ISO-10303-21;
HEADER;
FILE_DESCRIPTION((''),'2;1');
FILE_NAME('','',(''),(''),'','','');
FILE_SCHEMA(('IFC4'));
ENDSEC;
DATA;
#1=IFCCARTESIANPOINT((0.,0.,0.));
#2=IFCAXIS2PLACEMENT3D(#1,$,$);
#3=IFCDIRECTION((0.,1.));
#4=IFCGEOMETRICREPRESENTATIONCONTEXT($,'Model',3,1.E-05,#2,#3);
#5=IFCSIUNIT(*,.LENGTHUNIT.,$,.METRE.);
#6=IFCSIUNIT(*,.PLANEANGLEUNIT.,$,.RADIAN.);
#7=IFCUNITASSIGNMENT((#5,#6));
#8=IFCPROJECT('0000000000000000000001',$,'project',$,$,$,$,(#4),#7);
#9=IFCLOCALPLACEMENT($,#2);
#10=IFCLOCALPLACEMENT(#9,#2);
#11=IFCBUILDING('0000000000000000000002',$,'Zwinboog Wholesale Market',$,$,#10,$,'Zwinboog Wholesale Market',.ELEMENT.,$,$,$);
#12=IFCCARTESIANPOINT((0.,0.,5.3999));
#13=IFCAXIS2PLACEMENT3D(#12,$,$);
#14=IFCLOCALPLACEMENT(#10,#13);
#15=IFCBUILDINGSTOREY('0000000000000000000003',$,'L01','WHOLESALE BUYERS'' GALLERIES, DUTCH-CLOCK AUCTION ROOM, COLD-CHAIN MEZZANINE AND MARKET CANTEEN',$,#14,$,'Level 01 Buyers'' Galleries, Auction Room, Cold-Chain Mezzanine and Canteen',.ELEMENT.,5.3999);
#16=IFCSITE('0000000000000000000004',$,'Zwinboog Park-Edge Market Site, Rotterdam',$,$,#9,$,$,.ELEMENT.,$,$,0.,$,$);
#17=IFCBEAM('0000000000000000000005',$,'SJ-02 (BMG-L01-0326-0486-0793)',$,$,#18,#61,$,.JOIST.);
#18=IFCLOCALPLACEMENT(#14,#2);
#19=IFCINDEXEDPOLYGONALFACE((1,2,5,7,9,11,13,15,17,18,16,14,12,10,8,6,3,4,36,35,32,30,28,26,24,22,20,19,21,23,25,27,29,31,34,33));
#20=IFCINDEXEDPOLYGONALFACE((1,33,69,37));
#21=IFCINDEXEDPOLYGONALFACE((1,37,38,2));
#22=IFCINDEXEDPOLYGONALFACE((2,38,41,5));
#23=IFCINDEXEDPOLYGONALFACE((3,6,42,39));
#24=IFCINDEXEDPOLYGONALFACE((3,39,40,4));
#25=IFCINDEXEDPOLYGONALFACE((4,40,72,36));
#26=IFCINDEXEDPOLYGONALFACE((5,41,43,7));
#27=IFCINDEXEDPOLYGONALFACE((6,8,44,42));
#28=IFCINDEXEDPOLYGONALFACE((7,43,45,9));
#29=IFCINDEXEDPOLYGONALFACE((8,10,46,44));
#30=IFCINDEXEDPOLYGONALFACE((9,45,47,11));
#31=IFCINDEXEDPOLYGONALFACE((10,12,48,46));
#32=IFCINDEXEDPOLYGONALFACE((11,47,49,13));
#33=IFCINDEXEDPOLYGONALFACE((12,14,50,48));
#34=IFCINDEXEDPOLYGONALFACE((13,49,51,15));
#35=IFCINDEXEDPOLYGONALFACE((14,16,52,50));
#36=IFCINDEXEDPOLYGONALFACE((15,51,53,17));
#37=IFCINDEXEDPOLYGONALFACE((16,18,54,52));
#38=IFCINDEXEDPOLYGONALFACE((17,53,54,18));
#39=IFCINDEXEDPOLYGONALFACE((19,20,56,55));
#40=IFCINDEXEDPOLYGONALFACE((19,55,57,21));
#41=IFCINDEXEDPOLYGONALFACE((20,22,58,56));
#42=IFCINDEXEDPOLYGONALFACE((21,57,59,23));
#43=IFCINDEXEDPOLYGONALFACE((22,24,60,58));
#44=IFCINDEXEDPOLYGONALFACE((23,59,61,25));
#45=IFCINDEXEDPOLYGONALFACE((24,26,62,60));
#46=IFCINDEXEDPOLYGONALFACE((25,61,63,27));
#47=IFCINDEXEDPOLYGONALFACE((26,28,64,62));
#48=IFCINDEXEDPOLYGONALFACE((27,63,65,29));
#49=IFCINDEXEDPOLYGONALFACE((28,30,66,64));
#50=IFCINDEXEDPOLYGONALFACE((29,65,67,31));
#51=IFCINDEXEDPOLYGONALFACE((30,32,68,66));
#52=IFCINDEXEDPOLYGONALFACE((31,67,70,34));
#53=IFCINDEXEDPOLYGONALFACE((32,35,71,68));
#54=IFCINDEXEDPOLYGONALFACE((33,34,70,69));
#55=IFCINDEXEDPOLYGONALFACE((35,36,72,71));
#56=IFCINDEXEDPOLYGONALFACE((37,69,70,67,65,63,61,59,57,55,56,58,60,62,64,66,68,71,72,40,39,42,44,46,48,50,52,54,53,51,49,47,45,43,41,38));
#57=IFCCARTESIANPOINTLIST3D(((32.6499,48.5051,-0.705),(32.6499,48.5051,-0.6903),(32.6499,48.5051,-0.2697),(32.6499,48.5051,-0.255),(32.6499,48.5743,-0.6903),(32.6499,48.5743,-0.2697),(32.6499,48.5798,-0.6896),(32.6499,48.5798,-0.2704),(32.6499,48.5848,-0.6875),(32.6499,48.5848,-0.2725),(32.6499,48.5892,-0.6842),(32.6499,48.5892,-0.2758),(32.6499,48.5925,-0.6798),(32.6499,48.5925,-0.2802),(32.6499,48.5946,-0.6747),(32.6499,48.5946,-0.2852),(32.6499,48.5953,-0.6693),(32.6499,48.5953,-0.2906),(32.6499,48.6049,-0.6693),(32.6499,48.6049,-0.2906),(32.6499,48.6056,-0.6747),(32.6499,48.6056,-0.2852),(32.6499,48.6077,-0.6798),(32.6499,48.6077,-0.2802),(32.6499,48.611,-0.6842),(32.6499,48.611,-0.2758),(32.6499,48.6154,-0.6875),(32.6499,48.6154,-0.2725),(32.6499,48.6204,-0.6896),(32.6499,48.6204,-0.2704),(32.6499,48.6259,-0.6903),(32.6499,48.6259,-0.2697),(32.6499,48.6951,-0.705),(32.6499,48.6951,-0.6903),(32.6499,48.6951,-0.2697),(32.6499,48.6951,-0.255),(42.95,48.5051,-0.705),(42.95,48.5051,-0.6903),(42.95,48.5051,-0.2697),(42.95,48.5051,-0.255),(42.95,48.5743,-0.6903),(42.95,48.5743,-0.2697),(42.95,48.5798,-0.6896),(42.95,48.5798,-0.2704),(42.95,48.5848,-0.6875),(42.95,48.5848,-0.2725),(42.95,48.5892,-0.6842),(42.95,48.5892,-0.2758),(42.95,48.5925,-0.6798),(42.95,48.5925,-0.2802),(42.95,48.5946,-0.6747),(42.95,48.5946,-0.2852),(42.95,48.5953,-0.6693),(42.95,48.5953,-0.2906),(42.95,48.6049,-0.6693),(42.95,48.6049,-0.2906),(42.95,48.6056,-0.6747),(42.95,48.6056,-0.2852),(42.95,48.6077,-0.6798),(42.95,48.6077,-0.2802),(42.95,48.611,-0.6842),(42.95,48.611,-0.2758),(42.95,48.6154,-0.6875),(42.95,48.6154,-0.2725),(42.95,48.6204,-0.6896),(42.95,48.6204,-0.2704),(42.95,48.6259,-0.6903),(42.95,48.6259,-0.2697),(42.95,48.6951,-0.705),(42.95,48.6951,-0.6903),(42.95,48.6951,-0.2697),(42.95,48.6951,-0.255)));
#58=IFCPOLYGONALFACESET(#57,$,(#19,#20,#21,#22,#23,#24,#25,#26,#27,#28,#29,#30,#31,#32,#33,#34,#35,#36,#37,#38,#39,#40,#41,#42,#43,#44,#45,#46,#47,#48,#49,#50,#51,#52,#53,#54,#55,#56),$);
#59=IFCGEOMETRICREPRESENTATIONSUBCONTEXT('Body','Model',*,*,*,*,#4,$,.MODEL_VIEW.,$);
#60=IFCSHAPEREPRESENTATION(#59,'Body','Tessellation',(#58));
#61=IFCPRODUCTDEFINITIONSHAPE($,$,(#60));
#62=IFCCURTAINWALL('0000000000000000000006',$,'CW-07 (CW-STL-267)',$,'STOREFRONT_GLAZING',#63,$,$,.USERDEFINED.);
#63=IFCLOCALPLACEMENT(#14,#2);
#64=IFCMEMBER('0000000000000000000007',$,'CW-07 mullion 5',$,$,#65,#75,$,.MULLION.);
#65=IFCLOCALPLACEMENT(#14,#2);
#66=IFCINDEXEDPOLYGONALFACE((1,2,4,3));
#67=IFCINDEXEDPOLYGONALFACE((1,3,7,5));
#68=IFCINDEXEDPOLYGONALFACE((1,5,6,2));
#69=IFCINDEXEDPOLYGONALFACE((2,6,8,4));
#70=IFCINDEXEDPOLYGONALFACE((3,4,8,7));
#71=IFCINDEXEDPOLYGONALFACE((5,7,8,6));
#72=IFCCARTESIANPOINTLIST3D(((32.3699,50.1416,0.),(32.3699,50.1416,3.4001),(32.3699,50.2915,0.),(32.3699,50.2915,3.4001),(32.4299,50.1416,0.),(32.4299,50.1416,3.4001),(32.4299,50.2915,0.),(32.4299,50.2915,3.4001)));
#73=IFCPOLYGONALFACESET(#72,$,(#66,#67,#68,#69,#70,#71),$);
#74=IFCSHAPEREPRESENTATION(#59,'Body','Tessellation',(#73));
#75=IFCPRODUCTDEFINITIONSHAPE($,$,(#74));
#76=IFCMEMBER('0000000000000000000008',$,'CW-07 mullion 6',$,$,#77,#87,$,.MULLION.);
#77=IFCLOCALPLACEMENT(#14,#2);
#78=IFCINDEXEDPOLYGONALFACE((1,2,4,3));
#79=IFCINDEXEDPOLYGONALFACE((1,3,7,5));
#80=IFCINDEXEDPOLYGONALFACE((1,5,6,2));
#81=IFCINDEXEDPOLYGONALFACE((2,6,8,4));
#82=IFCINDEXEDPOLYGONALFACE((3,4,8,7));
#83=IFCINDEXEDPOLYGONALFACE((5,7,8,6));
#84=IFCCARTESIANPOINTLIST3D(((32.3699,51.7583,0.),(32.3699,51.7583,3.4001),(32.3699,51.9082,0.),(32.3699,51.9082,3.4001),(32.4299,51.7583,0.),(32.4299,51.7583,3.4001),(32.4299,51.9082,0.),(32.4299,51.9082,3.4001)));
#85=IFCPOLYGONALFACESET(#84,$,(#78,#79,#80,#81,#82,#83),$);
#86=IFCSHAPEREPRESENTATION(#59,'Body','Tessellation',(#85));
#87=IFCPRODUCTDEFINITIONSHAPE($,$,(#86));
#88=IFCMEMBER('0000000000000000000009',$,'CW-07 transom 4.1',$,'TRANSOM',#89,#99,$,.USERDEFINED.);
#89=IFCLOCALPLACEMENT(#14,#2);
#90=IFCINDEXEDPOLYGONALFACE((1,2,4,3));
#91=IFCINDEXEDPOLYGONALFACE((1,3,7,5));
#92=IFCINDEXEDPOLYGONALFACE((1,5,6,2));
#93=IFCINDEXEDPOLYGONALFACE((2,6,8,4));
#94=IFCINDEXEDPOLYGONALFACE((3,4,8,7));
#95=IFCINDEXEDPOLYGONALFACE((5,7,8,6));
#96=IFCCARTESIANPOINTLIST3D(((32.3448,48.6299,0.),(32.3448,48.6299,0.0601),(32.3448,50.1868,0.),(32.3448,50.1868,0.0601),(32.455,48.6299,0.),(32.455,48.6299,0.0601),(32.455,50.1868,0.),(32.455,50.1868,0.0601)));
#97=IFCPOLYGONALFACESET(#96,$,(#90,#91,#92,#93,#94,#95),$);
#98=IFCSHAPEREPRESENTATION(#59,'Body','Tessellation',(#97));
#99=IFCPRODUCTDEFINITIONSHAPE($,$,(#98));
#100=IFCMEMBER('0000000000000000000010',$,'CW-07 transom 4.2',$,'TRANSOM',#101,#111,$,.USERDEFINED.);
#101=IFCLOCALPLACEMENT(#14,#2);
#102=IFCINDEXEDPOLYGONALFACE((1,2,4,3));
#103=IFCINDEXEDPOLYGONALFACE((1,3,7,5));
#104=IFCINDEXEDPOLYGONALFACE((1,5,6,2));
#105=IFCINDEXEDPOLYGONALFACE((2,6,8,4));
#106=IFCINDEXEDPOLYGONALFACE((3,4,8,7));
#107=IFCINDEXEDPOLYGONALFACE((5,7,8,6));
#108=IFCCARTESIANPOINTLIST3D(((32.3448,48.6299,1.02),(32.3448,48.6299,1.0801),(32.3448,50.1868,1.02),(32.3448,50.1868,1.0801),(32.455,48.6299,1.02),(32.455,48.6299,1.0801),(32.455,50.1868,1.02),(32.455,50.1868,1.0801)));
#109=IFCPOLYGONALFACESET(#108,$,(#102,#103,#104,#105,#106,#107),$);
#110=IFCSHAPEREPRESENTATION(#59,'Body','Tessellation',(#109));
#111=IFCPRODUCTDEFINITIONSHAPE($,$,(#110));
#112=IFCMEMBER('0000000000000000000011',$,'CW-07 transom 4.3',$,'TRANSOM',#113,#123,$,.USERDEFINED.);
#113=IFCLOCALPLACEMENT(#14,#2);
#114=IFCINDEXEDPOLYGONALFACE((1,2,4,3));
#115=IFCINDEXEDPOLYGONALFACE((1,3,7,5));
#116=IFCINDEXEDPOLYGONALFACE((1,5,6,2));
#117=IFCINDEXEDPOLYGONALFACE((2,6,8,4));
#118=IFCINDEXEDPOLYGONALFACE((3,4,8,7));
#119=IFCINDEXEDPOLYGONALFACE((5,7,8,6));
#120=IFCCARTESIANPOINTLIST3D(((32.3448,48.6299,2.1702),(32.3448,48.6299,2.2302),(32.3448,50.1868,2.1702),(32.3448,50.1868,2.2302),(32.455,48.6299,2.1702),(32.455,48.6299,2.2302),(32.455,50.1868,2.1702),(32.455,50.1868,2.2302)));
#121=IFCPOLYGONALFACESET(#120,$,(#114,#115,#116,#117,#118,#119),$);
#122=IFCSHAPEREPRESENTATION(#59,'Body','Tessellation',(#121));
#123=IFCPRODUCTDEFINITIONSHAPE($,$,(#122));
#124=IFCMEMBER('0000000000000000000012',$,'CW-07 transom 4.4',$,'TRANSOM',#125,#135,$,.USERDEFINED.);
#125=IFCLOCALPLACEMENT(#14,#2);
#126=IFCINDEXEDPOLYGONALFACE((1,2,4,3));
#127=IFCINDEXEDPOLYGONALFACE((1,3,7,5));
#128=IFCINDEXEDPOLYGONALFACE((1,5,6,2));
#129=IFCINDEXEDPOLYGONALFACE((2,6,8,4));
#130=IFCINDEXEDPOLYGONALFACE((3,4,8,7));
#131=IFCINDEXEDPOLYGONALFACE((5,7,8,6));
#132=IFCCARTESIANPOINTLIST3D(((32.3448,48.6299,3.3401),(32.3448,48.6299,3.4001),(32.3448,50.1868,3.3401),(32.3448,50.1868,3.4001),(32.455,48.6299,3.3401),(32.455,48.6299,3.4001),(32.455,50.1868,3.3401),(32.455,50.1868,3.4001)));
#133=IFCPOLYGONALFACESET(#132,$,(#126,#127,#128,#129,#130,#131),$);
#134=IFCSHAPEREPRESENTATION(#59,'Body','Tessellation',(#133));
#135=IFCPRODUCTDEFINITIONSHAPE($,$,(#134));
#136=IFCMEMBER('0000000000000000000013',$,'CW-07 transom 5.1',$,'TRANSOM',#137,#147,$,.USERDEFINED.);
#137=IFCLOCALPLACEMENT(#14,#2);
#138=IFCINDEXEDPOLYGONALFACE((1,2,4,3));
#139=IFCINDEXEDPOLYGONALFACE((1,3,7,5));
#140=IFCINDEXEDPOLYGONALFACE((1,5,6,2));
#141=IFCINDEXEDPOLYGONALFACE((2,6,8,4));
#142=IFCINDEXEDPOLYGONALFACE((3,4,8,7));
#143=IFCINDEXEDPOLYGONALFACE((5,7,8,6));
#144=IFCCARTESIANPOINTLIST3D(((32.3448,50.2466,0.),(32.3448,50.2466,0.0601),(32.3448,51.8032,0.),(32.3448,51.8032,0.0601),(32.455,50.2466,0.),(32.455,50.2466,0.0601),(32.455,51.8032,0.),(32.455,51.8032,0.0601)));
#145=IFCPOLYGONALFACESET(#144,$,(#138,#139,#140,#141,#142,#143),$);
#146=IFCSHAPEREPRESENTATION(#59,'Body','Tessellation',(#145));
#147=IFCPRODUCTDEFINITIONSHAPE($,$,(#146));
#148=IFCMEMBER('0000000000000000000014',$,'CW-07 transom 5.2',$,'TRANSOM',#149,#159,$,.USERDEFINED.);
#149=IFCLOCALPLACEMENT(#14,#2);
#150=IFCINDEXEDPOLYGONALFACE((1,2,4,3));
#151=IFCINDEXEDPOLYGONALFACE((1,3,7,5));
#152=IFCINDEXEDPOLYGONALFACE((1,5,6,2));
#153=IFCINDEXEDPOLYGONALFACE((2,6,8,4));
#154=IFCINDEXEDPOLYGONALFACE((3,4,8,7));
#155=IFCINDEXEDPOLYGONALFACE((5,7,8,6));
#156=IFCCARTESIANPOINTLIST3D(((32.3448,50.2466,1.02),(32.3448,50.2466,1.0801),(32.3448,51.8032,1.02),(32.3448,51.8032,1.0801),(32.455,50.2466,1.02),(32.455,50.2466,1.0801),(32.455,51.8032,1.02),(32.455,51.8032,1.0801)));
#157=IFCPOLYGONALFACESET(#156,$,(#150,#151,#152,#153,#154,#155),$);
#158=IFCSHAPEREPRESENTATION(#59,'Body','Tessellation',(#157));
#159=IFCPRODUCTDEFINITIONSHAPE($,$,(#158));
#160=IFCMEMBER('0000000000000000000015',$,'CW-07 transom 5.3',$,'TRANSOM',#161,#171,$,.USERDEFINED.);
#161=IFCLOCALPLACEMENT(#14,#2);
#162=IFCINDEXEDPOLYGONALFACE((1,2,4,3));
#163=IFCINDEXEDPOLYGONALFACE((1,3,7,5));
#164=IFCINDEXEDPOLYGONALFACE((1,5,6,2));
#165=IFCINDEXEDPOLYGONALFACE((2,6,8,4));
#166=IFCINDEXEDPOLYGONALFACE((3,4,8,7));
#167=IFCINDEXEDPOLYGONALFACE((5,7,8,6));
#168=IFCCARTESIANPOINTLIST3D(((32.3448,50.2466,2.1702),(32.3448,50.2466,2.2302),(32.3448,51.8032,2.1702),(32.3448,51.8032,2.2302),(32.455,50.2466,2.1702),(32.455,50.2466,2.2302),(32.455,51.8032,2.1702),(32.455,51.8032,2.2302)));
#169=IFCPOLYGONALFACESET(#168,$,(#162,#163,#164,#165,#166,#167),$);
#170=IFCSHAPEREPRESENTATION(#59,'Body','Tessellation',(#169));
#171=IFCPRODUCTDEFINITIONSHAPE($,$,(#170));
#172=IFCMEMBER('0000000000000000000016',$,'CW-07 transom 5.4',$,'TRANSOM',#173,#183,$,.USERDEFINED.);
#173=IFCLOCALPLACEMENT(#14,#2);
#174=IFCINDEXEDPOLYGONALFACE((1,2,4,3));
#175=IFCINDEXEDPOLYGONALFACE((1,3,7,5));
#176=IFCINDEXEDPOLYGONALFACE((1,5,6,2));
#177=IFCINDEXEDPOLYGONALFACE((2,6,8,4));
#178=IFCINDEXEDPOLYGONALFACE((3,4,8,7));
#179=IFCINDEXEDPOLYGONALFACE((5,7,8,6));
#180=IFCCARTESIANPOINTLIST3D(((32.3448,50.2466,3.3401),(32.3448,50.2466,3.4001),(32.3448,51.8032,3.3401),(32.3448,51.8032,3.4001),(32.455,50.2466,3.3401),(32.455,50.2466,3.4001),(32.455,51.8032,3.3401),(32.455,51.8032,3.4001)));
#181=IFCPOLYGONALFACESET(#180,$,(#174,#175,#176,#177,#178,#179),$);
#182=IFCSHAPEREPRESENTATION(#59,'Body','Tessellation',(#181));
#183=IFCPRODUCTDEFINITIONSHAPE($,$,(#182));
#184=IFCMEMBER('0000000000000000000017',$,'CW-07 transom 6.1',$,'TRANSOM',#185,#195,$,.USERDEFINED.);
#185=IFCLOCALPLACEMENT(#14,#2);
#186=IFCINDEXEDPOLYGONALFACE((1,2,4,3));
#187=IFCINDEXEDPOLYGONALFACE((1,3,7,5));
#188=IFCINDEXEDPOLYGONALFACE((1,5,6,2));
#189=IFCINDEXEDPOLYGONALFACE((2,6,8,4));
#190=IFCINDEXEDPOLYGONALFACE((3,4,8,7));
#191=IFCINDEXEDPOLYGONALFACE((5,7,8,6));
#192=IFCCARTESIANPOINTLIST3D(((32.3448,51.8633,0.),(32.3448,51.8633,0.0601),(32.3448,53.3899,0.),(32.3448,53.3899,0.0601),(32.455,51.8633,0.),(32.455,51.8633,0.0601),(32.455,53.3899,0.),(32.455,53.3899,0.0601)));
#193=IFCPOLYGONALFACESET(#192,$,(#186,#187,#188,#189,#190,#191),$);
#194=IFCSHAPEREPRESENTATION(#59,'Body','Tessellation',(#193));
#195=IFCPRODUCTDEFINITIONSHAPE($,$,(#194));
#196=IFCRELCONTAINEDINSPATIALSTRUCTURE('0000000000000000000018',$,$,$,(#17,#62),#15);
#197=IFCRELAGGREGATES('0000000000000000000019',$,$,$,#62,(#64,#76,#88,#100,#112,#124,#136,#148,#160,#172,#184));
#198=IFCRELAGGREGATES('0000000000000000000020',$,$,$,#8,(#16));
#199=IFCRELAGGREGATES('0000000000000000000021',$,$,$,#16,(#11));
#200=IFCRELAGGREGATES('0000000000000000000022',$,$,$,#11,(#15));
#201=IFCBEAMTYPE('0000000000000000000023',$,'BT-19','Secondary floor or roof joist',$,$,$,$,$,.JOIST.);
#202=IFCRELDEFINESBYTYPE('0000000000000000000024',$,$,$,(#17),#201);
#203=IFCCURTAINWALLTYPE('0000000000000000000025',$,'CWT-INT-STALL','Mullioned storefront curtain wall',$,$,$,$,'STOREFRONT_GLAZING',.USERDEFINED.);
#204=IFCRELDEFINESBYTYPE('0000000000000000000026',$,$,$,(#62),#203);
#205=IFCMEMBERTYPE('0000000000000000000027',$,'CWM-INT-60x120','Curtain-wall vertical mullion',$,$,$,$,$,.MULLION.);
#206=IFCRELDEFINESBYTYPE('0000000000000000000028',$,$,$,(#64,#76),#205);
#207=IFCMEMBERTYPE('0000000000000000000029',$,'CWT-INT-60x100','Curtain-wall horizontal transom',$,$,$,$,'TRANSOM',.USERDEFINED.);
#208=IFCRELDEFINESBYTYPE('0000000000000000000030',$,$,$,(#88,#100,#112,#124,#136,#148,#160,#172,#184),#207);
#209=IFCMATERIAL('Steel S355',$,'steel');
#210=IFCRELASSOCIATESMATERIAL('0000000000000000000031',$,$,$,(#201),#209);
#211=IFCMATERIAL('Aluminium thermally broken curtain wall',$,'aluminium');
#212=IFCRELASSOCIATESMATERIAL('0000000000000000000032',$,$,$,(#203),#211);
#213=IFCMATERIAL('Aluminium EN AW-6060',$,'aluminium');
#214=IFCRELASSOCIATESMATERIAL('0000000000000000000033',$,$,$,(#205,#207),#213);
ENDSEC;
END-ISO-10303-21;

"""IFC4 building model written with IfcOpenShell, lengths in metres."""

from ifc_helpers import new_model, si_unit, direction, frame, origin, origin_2d, place, context, subcontext, project, spatial, rectangle, i_section, extrude, material, material_profile, profile_set, type_object, element, aggregate, save


model = new_model("IFC4")

# Units and contexts
model_context = context("Model", 3, precision=1e-05, world=origin(), true_north=direction((0.0, 1.0)))
body_context = subcontext(model_context, "Body", "Model", "MODEL_VIEW")
ifc_project = project(units=[si_unit("LENGTHUNIT", "METRE"), si_unit("PLANEANGLEUNIT", "RADIAN")], contexts=[model_context])

# Site, building, storey
site_placement = place(None, origin())
site = spatial("IfcSite", under=ifc_project, at=site_placement, Name="Zwinboog Park-Edge Market Site, Rotterdam", CompositionType="ELEMENT", RefElevation=0.0)
building_placement = place(site_placement, origin())
building = spatial("IfcBuilding", under=site, at=building_placement, Name="Zwinboog Wholesale Market", LongName="Zwinboog Wholesale Market", CompositionType="ELEMENT")
storey_placement = place(building_placement, frame((0.0, 0.0, 5.3999)))
storey = spatial("IfcBuildingStorey", under=building, at=storey_placement, Name="L01", Description="WHOLESALE BUYERS' GALLERIES, DUTCH-CLOCK AUCTION ROOM, COLD-CHAIN MEZZANINE AND MARKET CANTEEN", LongName="Level 01 Buyers' Galleries, Auction Room, Cold-Chain Mezzanine and Canteen", CompositionType="ELEMENT", Elevation=5.3999)

# Beam
ifc_material_1 = material(Name="Steel S355", Category="steel")
ifc_material_profile_1 = material_profile(ifc_material_1, i_section(OverallWidth=0.1899, OverallDepth=0.45, WebThickness=0.0095, FlangeThickness=0.0146, FilletRadius=0.021, at=origin_2d()), Name="IPE 450")
ifc_profile_set_1 = profile_set([ifc_material_profile_1], Name="Steel S355")
beam_type = type_object("IfcBeamType", Name="BT-19", Description="Secondary floor or roof joist", PredefinedType="JOIST", material=ifc_profile_set_1)
beam_placement = place(storey_placement, frame((32.6499, 48.6001, -0.48), z_axis=(1.0, 0.0, 0.0), x_axis=(0.0, 1.0, 0.0)))
element("IfcBeam", 1, at=beam_placement, inside=storey, type_object=beam_type, Name="SJ-02 (BMG-L01-0326-0486-0793)", PredefinedType="JOIST", context=body_context, shape_type="SweptSolid", body=[
    extrude(i_section(OverallWidth=0.1899, OverallDepth=0.45, WebThickness=0.0095, FlangeThickness=0.0146, FilletRadius=0.021, at=origin_2d()), origin(), (0.0, 0.0, 1.0), 10.3),
])

# Curtain wall, members
ifc_material_2 = material(Name="Aluminium thermally broken curtain wall", Category="aluminium")
curtain_wall_type = type_object("IfcCurtainWallType", Name="CWT-INT-STALL", Description="Mullioned storefront curtain wall", ElementType="STOREFRONT_GLAZING", PredefinedType="USERDEFINED", material=ifc_material_2)
curtain_wall_placement = place(storey_placement, origin())
curtain_wall = element("IfcCurtainWall", 2, at=curtain_wall_placement, inside=storey, type_object=curtain_wall_type, Name="CW-07 (CW-STL-267)", ObjectType="STOREFRONT_GLAZING", PredefinedType="USERDEFINED")
ifc_material_3 = material(Name="Aluminium EN AW-6060", Category="aluminium")
ifc_material_profile_2 = material_profile(ifc_material_3, rectangle(XDim=0.0601, YDim=0.1499, at=origin_2d()), Name="AL 60x150")
ifc_profile_set_2 = profile_set([ifc_material_profile_2], Name="Aluminium EN AW-6060")
member_type_1 = type_object("IfcMemberType", Name="CWM-INT-60x120", Description="Curtain-wall vertical mullion", PredefinedType="MULLION", material=ifc_profile_set_2)
member_1_placement = place(storey_placement, frame((32.3999, 50.2166, 0.0), z_axis=(0.0, 0.0, 1.0), x_axis=(-1.0, 0.0, 0.0)))
member_1 = element("IfcMember", 3, at=member_1_placement, type_object=member_type_1, Name="CW-07 mullion 5", PredefinedType="MULLION", context=body_context, shape_type="SweptSolid", body=[
    extrude(rectangle(XDim=0.0601, YDim=0.1499, at=origin_2d()), origin(), (0.0, 0.0, 1.0), 3.4001),
])
member_2_placement = place(storey_placement, frame((32.3999, 51.8333, 0.0), z_axis=(0.0, 0.0, 1.0), x_axis=(-1.0, 0.0, 0.0)))
member_2 = element("IfcMember", 4, at=member_2_placement, type_object=member_type_1, Name="CW-07 mullion 6", PredefinedType="MULLION", context=body_context, shape_type="SweptSolid", body=[
    extrude(rectangle(XDim=0.0601, YDim=0.1499, at=origin_2d()), origin(), (0.0, 0.0, 1.0), 3.4001),
])
ifc_material_profile_3 = material_profile(ifc_material_3, rectangle(XDim=0.1101, YDim=0.0601, at=origin_2d()), Name="AL 60x110")
ifc_profile_set_3 = profile_set([ifc_material_profile_3], Name="Aluminium EN AW-6060")
member_type_2 = type_object("IfcMemberType", Name="CWT-INT-60x100", Description="Curtain-wall horizontal transom", ElementType="TRANSOM", PredefinedType="USERDEFINED", material=ifc_profile_set_3)
member_3_placement = place(storey_placement, frame((32.3999, 48.6299, 0.03), z_axis=(0.0, 1.0, 0.0), x_axis=(-1.0, 0.0, 0.0)))
member_3 = element("IfcMember", 5, at=member_3_placement, type_object=member_type_2, Name="CW-07 transom 4.1", ObjectType="TRANSOM", PredefinedType="USERDEFINED", context=body_context, shape_type="SweptSolid", body=[
    extrude(rectangle(XDim=0.1101, YDim=0.0601, at=origin_2d()), origin(), (0.0, 0.0, 1.0), 1.5569),
])
member_4_placement = place(storey_placement, frame((32.3999, 48.6299, 1.05), z_axis=(0.0, 1.0, 0.0), x_axis=(-1.0, 0.0, 0.0)))
member_4 = element("IfcMember", 6, at=member_4_placement, type_object=member_type_2, Name="CW-07 transom 4.2", ObjectType="TRANSOM", PredefinedType="USERDEFINED", context=body_context, shape_type="SweptSolid", body=[
    extrude(rectangle(XDim=0.1101, YDim=0.0601, at=origin_2d()), origin(), (0.0, 0.0, 1.0), 1.5569),
])
member_5_placement = place(storey_placement, frame((32.3999, 48.6299, 2.2002), z_axis=(0.0, 1.0, 0.0), x_axis=(-1.0, 0.0, 0.0)))
member_5 = element("IfcMember", 7, at=member_5_placement, type_object=member_type_2, Name="CW-07 transom 4.3", ObjectType="TRANSOM", PredefinedType="USERDEFINED", context=body_context, shape_type="SweptSolid", body=[
    extrude(rectangle(XDim=0.1101, YDim=0.0601, at=origin_2d()), origin(), (0.0, 0.0, 1.0), 1.5569),
])
member_6_placement = place(storey_placement, frame((32.3999, 48.6299, 3.3701), z_axis=(0.0, 1.0, 0.0), x_axis=(-1.0, 0.0, 0.0)))
member_6 = element("IfcMember", 8, at=member_6_placement, type_object=member_type_2, Name="CW-07 transom 4.4", ObjectType="TRANSOM", PredefinedType="USERDEFINED", context=body_context, shape_type="SweptSolid", body=[
    extrude(rectangle(XDim=0.1101, YDim=0.0601, at=origin_2d()), origin(), (0.0, 0.0, 1.0), 1.5569),
])
member_7_placement = place(storey_placement, frame((32.3999, 50.2466, 0.03), z_axis=(0.0, 1.0, 0.0), x_axis=(-1.0, 0.0, 0.0)))
member_7 = element("IfcMember", 9, at=member_7_placement, type_object=member_type_2, Name="CW-07 transom 5.1", ObjectType="TRANSOM", PredefinedType="USERDEFINED", context=body_context, shape_type="SweptSolid", body=[
    extrude(rectangle(XDim=0.1101, YDim=0.0601, at=origin_2d()), origin(), (0.0, 0.0, 1.0), 1.5566),
])
member_8_placement = place(storey_placement, frame((32.3999, 50.2466, 1.05), z_axis=(0.0, 1.0, 0.0), x_axis=(-1.0, 0.0, 0.0)))
member_8 = element("IfcMember", 10, at=member_8_placement, type_object=member_type_2, Name="CW-07 transom 5.2", ObjectType="TRANSOM", PredefinedType="USERDEFINED", context=body_context, shape_type="SweptSolid", body=[
    extrude(rectangle(XDim=0.1101, YDim=0.0601, at=origin_2d()), origin(), (0.0, 0.0, 1.0), 1.5566),
])
member_9_placement = place(storey_placement, frame((32.3999, 50.2466, 2.2002), z_axis=(0.0, 1.0, 0.0), x_axis=(-1.0, 0.0, 0.0)))
member_9 = element("IfcMember", 11, at=member_9_placement, type_object=member_type_2, Name="CW-07 transom 5.3", ObjectType="TRANSOM", PredefinedType="USERDEFINED", context=body_context, shape_type="SweptSolid", body=[
    extrude(rectangle(XDim=0.1101, YDim=0.0601, at=origin_2d()), origin(), (0.0, 0.0, 1.0), 1.5566),
])
member_10_placement = place(storey_placement, frame((32.3999, 50.2466, 3.3701), z_axis=(0.0, 1.0, 0.0), x_axis=(-1.0, 0.0, 0.0)))
member_10 = element("IfcMember", 12, at=member_10_placement, type_object=member_type_2, Name="CW-07 transom 5.4", ObjectType="TRANSOM", PredefinedType="USERDEFINED", context=body_context, shape_type="SweptSolid", body=[
    extrude(rectangle(XDim=0.1101, YDim=0.0601, at=origin_2d()), origin(), (0.0, 0.0, 1.0), 1.5566),
])
member_11_placement = place(storey_placement, frame((32.3999, 51.8633, 0.03), z_axis=(0.0, 1.0, 0.0), x_axis=(-1.0, 0.0, 0.0)))
member_11 = element("IfcMember", 13, at=member_11_placement, type_object=member_type_2, Name="CW-07 transom 6.1", ObjectType="TRANSOM", PredefinedType="USERDEFINED", context=body_context, shape_type="SweptSolid", body=[
    extrude(rectangle(XDim=0.1101, YDim=0.0601, at=origin_2d()), origin(), (0.0, 0.0, 1.0), 1.5266),
])
aggregate(curtain_wall, [member_1, member_2, member_3, member_4, member_5, member_6, member_7, member_8, member_9, member_10, member_11])

save(model, "model.ifc")
